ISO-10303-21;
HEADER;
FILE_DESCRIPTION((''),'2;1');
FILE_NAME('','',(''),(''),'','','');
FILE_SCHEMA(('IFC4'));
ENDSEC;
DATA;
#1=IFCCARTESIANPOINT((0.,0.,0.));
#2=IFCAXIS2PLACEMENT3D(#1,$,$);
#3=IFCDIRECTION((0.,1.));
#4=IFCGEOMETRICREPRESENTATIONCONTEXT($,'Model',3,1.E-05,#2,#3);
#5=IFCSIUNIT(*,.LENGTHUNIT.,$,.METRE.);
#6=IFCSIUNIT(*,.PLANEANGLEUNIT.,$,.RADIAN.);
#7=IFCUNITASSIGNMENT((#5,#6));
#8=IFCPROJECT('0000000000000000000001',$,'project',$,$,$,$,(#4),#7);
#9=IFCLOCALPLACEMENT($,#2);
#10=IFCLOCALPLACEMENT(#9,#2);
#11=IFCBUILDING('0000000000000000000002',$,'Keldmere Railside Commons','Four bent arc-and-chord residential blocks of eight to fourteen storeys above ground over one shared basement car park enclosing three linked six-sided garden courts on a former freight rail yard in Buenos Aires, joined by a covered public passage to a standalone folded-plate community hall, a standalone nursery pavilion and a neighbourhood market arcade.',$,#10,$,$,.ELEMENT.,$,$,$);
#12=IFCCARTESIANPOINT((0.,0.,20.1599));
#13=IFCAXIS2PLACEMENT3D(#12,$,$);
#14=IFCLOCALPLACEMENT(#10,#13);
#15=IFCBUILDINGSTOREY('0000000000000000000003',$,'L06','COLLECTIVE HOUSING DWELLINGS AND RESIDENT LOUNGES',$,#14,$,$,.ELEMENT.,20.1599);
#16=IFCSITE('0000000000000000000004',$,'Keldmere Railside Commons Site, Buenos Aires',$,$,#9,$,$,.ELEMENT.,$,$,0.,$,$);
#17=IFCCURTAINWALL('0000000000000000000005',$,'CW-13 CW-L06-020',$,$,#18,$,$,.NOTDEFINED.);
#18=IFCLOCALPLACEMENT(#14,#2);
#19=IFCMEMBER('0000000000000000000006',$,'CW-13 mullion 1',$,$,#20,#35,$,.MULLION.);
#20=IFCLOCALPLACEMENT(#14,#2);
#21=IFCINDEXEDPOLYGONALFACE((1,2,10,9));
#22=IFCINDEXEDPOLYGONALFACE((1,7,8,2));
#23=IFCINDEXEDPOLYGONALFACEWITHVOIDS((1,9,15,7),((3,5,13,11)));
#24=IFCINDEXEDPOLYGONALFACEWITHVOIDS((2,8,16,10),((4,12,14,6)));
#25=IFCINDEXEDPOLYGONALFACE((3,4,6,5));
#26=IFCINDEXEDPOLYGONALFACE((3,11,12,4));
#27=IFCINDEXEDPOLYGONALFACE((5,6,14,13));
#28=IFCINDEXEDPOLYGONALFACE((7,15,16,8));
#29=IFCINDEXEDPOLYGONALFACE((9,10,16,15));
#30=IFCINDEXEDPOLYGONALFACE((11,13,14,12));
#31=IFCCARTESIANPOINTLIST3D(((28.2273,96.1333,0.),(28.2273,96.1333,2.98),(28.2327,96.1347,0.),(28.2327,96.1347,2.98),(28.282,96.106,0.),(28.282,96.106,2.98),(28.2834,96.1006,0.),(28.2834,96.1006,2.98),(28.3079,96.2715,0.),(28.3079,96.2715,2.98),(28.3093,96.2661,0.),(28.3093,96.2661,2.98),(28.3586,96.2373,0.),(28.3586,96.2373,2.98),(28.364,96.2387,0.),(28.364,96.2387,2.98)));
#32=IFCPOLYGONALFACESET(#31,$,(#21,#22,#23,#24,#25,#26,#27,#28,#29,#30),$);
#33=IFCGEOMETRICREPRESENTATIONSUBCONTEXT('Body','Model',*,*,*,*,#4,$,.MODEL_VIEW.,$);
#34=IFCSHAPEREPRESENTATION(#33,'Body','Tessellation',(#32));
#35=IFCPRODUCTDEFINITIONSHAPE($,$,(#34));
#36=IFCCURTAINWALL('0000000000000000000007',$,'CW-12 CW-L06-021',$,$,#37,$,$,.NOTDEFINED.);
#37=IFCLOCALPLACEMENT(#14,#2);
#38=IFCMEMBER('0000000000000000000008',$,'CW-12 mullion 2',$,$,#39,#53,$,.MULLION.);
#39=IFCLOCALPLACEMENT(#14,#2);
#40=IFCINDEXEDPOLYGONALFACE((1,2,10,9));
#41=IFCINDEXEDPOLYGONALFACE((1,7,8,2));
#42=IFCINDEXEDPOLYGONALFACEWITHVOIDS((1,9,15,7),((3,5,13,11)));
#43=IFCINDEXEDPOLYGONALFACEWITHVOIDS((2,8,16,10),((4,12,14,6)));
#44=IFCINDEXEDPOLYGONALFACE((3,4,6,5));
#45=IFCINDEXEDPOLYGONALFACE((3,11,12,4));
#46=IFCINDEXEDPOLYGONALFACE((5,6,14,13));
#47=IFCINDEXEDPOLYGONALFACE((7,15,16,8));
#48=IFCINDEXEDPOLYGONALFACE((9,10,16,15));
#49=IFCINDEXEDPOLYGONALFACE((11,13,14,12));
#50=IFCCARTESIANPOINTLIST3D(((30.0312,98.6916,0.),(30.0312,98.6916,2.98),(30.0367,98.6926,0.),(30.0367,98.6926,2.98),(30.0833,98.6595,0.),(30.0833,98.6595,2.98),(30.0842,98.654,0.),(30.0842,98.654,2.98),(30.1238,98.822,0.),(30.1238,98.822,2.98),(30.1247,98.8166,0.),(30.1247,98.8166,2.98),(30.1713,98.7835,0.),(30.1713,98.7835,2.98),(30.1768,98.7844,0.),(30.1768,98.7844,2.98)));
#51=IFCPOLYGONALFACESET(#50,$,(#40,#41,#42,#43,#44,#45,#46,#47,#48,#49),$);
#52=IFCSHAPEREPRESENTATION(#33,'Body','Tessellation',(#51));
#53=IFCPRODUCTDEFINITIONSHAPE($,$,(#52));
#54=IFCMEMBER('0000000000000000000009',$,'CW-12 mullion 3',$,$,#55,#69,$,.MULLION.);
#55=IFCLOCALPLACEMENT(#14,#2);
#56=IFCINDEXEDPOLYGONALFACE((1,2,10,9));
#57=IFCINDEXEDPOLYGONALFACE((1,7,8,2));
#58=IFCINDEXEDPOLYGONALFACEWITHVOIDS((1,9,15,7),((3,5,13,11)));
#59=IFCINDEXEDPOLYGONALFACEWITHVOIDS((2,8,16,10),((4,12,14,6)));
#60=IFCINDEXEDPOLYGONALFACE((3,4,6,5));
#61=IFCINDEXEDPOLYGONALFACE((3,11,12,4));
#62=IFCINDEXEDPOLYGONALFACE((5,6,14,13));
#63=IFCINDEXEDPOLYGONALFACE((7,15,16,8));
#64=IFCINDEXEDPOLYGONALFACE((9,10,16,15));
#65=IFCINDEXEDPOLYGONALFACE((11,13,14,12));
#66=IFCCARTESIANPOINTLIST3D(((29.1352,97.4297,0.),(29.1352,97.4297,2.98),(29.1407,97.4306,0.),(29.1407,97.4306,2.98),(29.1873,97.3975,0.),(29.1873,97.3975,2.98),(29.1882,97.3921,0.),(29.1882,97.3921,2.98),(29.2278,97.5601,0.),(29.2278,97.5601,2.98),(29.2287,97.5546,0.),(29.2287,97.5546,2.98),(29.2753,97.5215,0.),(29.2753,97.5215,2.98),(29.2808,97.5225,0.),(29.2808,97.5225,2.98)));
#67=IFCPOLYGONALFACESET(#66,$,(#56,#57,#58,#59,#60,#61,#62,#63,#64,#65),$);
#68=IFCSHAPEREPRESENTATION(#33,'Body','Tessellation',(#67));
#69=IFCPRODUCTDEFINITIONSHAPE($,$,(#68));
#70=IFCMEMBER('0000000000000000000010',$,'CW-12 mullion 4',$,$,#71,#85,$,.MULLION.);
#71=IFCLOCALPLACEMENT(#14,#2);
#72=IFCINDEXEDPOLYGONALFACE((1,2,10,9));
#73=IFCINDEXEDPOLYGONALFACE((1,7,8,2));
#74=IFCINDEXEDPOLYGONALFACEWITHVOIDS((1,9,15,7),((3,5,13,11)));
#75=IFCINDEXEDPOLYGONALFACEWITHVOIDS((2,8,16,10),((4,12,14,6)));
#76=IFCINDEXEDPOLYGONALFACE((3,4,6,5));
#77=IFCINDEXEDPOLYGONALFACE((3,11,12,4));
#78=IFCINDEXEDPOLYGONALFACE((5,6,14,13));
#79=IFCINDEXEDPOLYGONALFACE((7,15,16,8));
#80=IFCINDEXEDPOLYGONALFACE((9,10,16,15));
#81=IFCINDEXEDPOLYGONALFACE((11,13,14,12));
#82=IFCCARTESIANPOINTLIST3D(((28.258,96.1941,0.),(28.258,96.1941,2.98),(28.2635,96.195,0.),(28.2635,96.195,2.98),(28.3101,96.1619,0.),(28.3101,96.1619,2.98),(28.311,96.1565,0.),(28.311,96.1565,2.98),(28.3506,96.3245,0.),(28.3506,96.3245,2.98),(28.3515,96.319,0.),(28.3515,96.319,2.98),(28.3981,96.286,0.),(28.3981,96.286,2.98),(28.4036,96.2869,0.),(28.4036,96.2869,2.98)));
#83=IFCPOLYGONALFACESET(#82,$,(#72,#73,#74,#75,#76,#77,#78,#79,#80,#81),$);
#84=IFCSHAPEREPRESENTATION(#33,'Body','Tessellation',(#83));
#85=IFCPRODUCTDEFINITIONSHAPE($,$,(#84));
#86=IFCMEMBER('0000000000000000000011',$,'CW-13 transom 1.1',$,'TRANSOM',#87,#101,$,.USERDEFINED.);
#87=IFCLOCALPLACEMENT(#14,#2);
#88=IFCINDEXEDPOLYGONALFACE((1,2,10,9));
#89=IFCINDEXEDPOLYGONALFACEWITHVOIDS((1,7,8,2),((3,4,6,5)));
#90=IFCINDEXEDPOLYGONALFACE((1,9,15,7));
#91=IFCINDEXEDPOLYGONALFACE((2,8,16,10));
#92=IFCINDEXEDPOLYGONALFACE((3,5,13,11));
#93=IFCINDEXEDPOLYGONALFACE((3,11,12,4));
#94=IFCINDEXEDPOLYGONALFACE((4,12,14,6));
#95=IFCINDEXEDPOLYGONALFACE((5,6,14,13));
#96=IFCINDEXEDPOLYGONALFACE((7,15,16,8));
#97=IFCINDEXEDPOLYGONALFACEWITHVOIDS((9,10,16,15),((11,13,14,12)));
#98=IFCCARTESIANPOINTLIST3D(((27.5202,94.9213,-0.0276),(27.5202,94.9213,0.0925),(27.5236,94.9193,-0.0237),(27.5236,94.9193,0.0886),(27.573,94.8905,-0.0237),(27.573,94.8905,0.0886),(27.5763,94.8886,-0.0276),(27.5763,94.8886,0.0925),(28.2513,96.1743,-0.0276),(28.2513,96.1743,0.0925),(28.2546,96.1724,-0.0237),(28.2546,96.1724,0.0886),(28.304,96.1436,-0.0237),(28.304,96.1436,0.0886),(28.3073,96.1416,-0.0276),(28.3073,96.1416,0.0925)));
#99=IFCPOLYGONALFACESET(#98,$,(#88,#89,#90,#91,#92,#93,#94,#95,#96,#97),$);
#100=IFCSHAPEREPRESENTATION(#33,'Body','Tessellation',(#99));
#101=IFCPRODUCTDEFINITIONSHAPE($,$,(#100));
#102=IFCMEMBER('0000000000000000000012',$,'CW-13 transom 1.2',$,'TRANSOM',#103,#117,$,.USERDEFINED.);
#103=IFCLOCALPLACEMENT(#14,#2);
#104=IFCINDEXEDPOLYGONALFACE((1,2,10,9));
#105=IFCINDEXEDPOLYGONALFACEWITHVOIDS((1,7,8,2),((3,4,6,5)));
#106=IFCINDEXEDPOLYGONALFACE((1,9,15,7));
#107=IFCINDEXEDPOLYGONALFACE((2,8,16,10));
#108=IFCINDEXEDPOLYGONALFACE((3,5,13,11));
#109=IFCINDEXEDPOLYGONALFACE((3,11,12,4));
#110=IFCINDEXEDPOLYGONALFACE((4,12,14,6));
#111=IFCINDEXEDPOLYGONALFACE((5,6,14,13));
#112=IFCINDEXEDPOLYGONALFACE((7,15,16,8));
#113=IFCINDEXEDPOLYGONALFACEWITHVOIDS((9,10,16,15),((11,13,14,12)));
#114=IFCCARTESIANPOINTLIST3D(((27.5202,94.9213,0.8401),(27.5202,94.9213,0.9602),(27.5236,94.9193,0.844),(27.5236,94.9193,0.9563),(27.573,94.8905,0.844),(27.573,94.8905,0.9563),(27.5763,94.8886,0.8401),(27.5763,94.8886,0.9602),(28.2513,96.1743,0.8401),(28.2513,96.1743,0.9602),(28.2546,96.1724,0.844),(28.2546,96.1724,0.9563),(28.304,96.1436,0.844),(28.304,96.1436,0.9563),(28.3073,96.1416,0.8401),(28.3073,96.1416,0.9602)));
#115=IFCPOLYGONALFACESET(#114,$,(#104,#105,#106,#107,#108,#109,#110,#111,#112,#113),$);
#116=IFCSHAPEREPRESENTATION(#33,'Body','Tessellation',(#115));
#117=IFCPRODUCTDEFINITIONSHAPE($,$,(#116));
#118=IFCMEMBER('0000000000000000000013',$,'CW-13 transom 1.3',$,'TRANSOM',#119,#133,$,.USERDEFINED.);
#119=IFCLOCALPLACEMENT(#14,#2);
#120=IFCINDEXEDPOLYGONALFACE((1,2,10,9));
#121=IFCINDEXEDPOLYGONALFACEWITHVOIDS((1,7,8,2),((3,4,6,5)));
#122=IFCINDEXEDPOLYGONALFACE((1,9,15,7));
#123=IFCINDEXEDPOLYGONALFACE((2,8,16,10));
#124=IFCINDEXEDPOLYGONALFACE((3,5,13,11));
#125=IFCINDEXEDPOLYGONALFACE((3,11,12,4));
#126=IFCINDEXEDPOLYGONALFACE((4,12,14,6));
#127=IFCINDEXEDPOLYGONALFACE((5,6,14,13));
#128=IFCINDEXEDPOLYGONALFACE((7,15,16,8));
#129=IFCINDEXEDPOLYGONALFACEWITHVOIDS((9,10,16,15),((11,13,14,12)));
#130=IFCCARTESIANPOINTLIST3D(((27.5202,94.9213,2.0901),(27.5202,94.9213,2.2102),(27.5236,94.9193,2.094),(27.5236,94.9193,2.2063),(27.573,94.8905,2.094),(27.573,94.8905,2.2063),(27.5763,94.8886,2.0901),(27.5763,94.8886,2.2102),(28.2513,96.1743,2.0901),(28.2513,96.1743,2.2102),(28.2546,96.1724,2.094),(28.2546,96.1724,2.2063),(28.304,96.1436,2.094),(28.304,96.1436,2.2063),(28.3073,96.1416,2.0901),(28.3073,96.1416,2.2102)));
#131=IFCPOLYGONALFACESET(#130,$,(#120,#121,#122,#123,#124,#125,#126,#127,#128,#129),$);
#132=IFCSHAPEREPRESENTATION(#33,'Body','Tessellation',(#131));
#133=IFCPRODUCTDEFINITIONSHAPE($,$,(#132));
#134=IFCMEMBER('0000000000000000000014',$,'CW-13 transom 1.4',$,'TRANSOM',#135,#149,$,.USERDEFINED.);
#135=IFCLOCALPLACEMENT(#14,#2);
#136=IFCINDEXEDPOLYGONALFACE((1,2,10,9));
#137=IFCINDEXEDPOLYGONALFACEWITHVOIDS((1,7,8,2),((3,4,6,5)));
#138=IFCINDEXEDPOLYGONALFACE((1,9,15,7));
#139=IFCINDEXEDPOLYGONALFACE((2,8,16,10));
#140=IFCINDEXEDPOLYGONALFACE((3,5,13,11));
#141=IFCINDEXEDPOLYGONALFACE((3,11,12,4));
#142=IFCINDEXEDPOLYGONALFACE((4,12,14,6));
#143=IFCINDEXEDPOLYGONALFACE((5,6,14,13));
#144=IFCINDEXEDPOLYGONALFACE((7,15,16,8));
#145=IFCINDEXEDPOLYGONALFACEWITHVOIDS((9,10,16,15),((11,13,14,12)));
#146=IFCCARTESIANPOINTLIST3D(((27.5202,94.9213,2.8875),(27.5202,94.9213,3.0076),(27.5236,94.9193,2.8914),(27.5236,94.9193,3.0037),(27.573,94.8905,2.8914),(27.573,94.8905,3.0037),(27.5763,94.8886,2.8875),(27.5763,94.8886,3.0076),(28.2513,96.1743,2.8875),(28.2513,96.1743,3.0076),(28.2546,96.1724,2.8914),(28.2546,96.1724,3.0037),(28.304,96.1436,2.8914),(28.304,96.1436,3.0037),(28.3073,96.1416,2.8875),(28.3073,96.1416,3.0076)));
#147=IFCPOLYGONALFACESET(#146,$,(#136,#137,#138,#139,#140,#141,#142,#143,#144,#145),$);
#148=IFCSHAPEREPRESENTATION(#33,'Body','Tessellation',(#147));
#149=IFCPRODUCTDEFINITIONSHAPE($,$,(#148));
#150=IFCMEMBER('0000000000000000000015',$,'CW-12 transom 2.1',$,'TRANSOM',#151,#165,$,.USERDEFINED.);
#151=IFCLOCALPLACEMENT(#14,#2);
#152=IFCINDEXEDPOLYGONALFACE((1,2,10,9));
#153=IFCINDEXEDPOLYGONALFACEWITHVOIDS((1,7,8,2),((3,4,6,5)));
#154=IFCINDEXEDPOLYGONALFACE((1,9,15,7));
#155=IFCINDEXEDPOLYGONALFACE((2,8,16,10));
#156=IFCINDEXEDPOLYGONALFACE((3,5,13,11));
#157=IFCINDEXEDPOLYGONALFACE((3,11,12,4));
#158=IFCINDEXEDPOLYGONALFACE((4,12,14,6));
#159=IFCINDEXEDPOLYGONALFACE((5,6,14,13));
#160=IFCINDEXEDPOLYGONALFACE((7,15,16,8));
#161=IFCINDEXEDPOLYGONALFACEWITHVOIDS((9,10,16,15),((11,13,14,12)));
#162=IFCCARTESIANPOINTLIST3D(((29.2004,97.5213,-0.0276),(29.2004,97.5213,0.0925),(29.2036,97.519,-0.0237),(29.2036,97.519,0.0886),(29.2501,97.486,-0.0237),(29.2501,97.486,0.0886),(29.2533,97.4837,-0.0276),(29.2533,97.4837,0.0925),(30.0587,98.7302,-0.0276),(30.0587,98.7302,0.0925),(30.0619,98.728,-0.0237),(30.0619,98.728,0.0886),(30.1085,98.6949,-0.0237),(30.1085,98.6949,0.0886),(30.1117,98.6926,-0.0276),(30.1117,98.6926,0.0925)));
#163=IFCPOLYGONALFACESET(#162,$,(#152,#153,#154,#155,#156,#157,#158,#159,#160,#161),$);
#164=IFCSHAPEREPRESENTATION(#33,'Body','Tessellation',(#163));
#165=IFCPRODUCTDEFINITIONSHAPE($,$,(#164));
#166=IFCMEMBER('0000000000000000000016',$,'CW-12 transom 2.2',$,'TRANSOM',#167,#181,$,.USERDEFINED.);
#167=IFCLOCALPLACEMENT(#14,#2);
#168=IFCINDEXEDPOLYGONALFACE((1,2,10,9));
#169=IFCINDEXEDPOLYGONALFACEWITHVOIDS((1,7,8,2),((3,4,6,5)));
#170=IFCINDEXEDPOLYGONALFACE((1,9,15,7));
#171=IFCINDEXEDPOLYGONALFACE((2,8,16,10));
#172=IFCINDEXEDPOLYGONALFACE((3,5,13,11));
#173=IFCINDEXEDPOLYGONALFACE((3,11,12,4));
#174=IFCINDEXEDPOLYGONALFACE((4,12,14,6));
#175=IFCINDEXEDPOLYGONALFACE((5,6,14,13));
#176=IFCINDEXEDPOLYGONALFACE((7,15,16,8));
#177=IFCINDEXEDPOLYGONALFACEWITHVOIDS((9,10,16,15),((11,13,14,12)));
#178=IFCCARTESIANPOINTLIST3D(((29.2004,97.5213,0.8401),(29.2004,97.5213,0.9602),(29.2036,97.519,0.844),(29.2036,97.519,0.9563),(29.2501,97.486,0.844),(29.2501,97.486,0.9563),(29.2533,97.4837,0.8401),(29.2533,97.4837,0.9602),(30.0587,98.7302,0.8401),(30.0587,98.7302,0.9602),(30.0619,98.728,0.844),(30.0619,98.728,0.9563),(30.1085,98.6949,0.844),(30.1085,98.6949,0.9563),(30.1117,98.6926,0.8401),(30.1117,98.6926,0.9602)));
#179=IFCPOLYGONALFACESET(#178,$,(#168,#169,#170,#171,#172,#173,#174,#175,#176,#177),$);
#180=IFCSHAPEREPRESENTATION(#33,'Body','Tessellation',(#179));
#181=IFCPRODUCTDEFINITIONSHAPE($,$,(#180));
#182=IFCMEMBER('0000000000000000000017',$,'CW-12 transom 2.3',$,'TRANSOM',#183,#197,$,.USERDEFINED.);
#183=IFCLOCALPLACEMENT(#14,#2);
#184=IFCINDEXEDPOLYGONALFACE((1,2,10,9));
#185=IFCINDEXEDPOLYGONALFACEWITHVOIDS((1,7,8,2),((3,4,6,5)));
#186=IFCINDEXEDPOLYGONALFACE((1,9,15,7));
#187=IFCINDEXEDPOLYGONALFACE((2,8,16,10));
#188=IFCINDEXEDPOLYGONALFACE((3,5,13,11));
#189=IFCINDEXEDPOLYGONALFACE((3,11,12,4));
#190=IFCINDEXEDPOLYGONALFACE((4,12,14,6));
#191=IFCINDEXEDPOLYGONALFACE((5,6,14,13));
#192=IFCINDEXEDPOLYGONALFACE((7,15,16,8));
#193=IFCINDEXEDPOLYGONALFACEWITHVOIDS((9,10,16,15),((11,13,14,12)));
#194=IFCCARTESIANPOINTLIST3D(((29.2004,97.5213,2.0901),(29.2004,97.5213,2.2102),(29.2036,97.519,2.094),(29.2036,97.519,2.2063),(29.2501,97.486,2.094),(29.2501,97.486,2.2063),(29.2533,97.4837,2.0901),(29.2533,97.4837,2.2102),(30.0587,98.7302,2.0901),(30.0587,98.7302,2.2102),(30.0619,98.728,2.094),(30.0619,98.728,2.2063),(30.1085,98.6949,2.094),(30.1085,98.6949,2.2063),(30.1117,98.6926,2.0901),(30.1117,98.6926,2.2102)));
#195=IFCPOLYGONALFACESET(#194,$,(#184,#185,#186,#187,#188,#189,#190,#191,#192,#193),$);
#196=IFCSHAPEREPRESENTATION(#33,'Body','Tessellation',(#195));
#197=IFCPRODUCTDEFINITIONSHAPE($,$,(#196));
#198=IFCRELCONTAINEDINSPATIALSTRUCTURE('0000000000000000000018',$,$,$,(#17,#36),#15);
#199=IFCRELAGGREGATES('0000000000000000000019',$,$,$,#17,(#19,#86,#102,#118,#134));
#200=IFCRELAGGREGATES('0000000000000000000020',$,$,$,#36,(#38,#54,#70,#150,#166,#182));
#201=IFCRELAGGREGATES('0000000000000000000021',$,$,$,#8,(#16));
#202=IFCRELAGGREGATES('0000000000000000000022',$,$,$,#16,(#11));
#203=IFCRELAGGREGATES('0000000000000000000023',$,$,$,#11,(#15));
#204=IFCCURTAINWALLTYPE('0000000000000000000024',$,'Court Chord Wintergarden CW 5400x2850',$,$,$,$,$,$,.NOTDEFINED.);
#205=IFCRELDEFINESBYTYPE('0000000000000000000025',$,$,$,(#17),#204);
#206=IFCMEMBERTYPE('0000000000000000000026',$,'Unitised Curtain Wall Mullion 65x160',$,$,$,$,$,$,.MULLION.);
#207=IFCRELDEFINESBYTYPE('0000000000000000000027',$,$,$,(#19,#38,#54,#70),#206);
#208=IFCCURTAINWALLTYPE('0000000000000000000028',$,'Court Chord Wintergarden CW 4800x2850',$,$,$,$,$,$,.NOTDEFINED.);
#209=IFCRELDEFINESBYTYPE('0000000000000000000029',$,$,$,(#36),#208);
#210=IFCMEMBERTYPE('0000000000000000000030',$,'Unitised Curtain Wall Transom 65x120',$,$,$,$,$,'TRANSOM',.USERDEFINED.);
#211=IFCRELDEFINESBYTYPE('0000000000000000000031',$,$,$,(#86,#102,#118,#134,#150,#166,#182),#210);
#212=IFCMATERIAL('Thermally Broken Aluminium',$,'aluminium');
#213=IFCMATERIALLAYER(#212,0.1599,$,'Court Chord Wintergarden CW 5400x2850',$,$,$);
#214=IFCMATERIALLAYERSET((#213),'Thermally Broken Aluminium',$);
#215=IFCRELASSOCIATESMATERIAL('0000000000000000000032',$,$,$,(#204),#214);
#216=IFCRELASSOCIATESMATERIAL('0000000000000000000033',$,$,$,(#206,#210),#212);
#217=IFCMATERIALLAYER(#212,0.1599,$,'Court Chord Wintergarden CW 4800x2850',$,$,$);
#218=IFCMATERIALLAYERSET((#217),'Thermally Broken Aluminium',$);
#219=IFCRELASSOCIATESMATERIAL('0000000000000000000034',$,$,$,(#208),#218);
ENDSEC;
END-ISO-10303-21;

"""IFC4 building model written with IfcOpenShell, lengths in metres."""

from ifc_helpers import new_model, si_unit, direction, frame, origin, origin_2d, place, context, subcontext, project, spatial, hollow_rectangle, extrude, material, layer, layer_set, material_profile, profile_set, type_object, element, aggregate, save


model = new_model("IFC4")

# Units and contexts
model_context = context("Model", 3, precision=1e-05, world=origin(), true_north=direction((0.0, 1.0)))
body_context = subcontext(model_context, "Body", "Model", "MODEL_VIEW")
ifc_project = project(units=[si_unit("LENGTHUNIT", "METRE"), si_unit("PLANEANGLEUNIT", "RADIAN")], contexts=[model_context])

# Site, building, storey
site_placement = place(None, origin())
site = spatial("IfcSite", under=ifc_project, at=site_placement, Name="Keldmere Railside Commons Site, Buenos Aires", CompositionType="ELEMENT", RefElevation=0.0)
building_placement = place(site_placement, origin())
building = spatial("IfcBuilding", under=site, at=building_placement, Name="Keldmere Railside Commons", Description="Four bent arc-and-chord residential blocks of eight to fourteen storeys above ground over one shared basement car park enclosing three linked six-sided garden courts on a former freight rail yard in Buenos Aires, joined by a covered public passage to a standalone folded-plate community hall, a standalone nursery pavilion and a neighbourhood market arcade.", CompositionType="ELEMENT")
storey_placement = place(building_placement, frame((0.0, 0.0, 20.1599)))
storey = spatial("IfcBuildingStorey", under=building, at=storey_placement, Name="L06", Description="COLLECTIVE HOUSING DWELLINGS AND RESIDENT LOUNGES", CompositionType="ELEMENT", Elevation=20.1599)

# Curtain wall, member
ifc_material_1 = material(Name="Thermally Broken Aluminium", Category="aluminium")
ifc_layer_1 = layer(ifc_material_1, 0.1599, Name="Court Chord Wintergarden CW 5400x2850")
ifc_layer_set_1 = layer_set([ifc_layer_1], Name="Thermally Broken Aluminium")
curtain_wall_type_1 = type_object("IfcCurtainWallType", Name="Court Chord Wintergarden CW 5400x2850", PredefinedType="NOTDEFINED", material=ifc_layer_set_1)
curtain_wall_1_placement = place(storey_placement, origin())
curtain_wall_1 = element("IfcCurtainWall", 1, at=curtain_wall_1_placement, inside=storey, type_object=curtain_wall_type_1, Name="CW-13 CW-L06-020", PredefinedType="NOTDEFINED")
ifc_material_profile_1 = material_profile(ifc_material_1, hollow_rectangle(XDim=0.0649, YDim=0.1599, WallThickness=0.0039, at=origin_2d()), Name="ALU-MULL-65x160")
ifc_profile_set_1 = profile_set([ifc_material_profile_1], Name="Thermally Broken Aluminium")
member_type_1 = type_object("IfcMemberType", Name="Unitised Curtain Wall Mullion 65x160", PredefinedType="MULLION", material=ifc_profile_set_1)
member_1_placement = place(storey_placement, frame((28.2957, 96.186, 0.0), z_axis=(0.0, 0.0, 1.0), x_axis=(0.863755, -0.503911, 0.0)))
member_1 = element("IfcMember", 2, at=member_1_placement, type_object=member_type_1, Name="CW-13 mullion 1", PredefinedType="MULLION", context=body_context, shape_type="SweptSolid", body=[
    extrude(hollow_rectangle(XDim=0.0649, YDim=0.1599, WallThickness=0.0039, at=origin_2d()), origin(), (0.0, 0.0, 1.0), 2.98),
])

# Curtain wall, members
ifc_layer_2 = layer(ifc_material_1, 0.1599, Name="Court Chord Wintergarden CW 4800x2850")
ifc_layer_set_2 = layer_set([ifc_layer_2], Name="Thermally Broken Aluminium")
curtain_wall_type_2 = type_object("IfcCurtainWallType", Name="Court Chord Wintergarden CW 4800x2850", PredefinedType="NOTDEFINED", material=ifc_layer_set_2)
curtain_wall_2_placement = place(storey_placement, origin())
curtain_wall_2 = element("IfcCurtainWall", 3, at=curtain_wall_2_placement, inside=storey, type_object=curtain_wall_type_2, Name="CW-12 CW-L06-021", PredefinedType="NOTDEFINED")
member_2_placement = place(storey_placement, frame((30.104, 98.738, 0.0), z_axis=(0.0, 0.0, 1.0), x_axis=(0.815389, -0.578913, 0.0)))
member_2 = element("IfcMember", 4, at=member_2_placement, type_object=member_type_1, Name="CW-12 mullion 2", PredefinedType="MULLION", context=body_context, shape_type="SweptSolid", body=[
    extrude(hollow_rectangle(XDim=0.0649, YDim=0.1599, WallThickness=0.0039, at=origin_2d()), origin(), (0.0, 0.0, 1.0), 2.98),
])
member_3_placement = place(storey_placement, frame((29.208, 97.4761, 0.0), z_axis=(0.0, 0.0, 1.0), x_axis=(0.815389, -0.578913, 0.0)))
member_3 = element("IfcMember", 5, at=member_3_placement, type_object=member_type_1, Name="CW-12 mullion 3", PredefinedType="MULLION", context=body_context, shape_type="SweptSolid", body=[
    extrude(hollow_rectangle(XDim=0.0649, YDim=0.1599, WallThickness=0.0039, at=origin_2d()), origin(), (0.0, 0.0, 1.0), 2.98),
])
member_4_placement = place(storey_placement, frame((28.3308, 96.2405, 0.0), z_axis=(0.0, 0.0, 1.0), x_axis=(0.815389, -0.578913, 0.0)))
member_4 = element("IfcMember", 6, at=member_4_placement, type_object=member_type_1, Name="CW-12 mullion 4", PredefinedType="MULLION", context=body_context, shape_type="SweptSolid", body=[
    extrude(hollow_rectangle(XDim=0.0649, YDim=0.1599, WallThickness=0.0039, at=origin_2d()), origin(), (0.0, 0.0, 1.0), 2.98),
])

# Members
ifc_material_profile_2 = material_profile(ifc_material_1, hollow_rectangle(XDim=0.0649, YDim=0.1201, WallThickness=0.0039, at=origin_2d()), Name="ALU-TRAN-65x120")
ifc_profile_set_2 = profile_set([ifc_material_profile_2], Name="Thermally Broken Aluminium")
member_type_2 = type_object("IfcMemberType", Name="Unitised Curtain Wall Transom 65x120", ElementType="TRANSOM", PredefinedType="USERDEFINED", material=ifc_profile_set_2)
member_5_placement = place(storey_placement, frame((28.2793, 96.158, 0.0325), z_axis=(-0.503913, -0.863754, 0.0), x_axis=(0.863754, -0.503913, 0.0)))
member_5 = element("IfcMember", 7, at=member_5_placement, type_object=member_type_2, Name="CW-13 transom 1.1", ObjectType="TRANSOM", PredefinedType="USERDEFINED", context=body_context, shape_type="SweptSolid", body=[
    extrude(hollow_rectangle(XDim=0.0649, YDim=0.1201, WallThickness=0.0039, at=origin_2d()), origin(), (0.0, 0.0, 1.0), 1.4507),
])
member_6_placement = place(storey_placement, frame((28.2793, 96.158, 0.9001), z_axis=(-0.503913, -0.863754, 0.0), x_axis=(0.863754, -0.503913, 0.0)))
member_6 = element("IfcMember", 8, at=member_6_placement, type_object=member_type_2, Name="CW-13 transom 1.2", ObjectType="TRANSOM", PredefinedType="USERDEFINED", context=body_context, shape_type="SweptSolid", body=[
    extrude(hollow_rectangle(XDim=0.0649, YDim=0.1201, WallThickness=0.0039, at=origin_2d()), origin(), (0.0, 0.0, 1.0), 1.4507),
])
member_7_placement = place(storey_placement, frame((28.2793, 96.158, 2.1501), z_axis=(-0.503913, -0.863754, 0.0), x_axis=(0.863754, -0.503913, 0.0)))
member_7 = element("IfcMember", 9, at=member_7_placement, type_object=member_type_2, Name="CW-13 transom 1.3", ObjectType="TRANSOM", PredefinedType="USERDEFINED", context=body_context, shape_type="SweptSolid", body=[
    extrude(hollow_rectangle(XDim=0.0649, YDim=0.1201, WallThickness=0.0039, at=origin_2d()), origin(), (0.0, 0.0, 1.0), 1.4507),
])
member_8_placement = place(storey_placement, frame((28.2793, 96.158, 2.9475), z_axis=(-0.503913, -0.863754, 0.0), x_axis=(0.863754, -0.503913, 0.0)))
member_8 = element("IfcMember", 10, at=member_8_placement, type_object=member_type_2, Name="CW-13 transom 1.4", ObjectType="TRANSOM", PredefinedType="USERDEFINED", context=body_context, shape_type="SweptSolid", body=[
    extrude(hollow_rectangle(XDim=0.0649, YDim=0.1201, WallThickness=0.0039, at=origin_2d()), origin(), (0.0, 0.0, 1.0), 1.4507),
])
member_9_placement = place(storey_placement, frame((30.0852, 98.7114, 0.0325), z_axis=(-0.578931, -0.815377, 0.0), x_axis=(0.815377, -0.578931, 0.0)))
member_9 = element("IfcMember", 11, at=member_9_placement, type_object=member_type_2, Name="CW-12 transom 2.1", ObjectType="TRANSOM", PredefinedType="USERDEFINED", context=body_context, shape_type="SweptSolid", body=[
    extrude(hollow_rectangle(XDim=0.0649, YDim=0.1201, WallThickness=0.0039, at=origin_2d()), origin(), (0.0, 0.0, 1.0), 1.4827),
])
member_10_placement = place(storey_placement, frame((30.0852, 98.7114, 0.9001), z_axis=(-0.578931, -0.815377, 0.0), x_axis=(0.815377, -0.578931, 0.0)))
member_10 = element("IfcMember", 12, at=member_10_placement, type_object=member_type_2, Name="CW-12 transom 2.2", ObjectType="TRANSOM", PredefinedType="USERDEFINED", context=body_context, shape_type="SweptSolid", body=[
    extrude(hollow_rectangle(XDim=0.0649, YDim=0.1201, WallThickness=0.0039, at=origin_2d()), origin(), (0.0, 0.0, 1.0), 1.4827),
])
member_11_placement = place(storey_placement, frame((30.0852, 98.7114, 2.1501), z_axis=(-0.578931, -0.815377, 0.0), x_axis=(0.815377, -0.578931, 0.0)))
member_11 = element("IfcMember", 13, at=member_11_placement, type_object=member_type_2, Name="CW-12 transom 2.3", ObjectType="TRANSOM", PredefinedType="USERDEFINED", context=body_context, shape_type="SweptSolid", body=[
    extrude(hollow_rectangle(XDim=0.0649, YDim=0.1201, WallThickness=0.0039, at=origin_2d()), origin(), (0.0, 0.0, 1.0), 1.4827),
])

aggregate(curtain_wall_1, [member_1, member_5, member_6, member_7, member_8])
aggregate(curtain_wall_2, [member_2, member_3, member_4, member_9, member_10, member_11])

save(model, "model.ifc")
